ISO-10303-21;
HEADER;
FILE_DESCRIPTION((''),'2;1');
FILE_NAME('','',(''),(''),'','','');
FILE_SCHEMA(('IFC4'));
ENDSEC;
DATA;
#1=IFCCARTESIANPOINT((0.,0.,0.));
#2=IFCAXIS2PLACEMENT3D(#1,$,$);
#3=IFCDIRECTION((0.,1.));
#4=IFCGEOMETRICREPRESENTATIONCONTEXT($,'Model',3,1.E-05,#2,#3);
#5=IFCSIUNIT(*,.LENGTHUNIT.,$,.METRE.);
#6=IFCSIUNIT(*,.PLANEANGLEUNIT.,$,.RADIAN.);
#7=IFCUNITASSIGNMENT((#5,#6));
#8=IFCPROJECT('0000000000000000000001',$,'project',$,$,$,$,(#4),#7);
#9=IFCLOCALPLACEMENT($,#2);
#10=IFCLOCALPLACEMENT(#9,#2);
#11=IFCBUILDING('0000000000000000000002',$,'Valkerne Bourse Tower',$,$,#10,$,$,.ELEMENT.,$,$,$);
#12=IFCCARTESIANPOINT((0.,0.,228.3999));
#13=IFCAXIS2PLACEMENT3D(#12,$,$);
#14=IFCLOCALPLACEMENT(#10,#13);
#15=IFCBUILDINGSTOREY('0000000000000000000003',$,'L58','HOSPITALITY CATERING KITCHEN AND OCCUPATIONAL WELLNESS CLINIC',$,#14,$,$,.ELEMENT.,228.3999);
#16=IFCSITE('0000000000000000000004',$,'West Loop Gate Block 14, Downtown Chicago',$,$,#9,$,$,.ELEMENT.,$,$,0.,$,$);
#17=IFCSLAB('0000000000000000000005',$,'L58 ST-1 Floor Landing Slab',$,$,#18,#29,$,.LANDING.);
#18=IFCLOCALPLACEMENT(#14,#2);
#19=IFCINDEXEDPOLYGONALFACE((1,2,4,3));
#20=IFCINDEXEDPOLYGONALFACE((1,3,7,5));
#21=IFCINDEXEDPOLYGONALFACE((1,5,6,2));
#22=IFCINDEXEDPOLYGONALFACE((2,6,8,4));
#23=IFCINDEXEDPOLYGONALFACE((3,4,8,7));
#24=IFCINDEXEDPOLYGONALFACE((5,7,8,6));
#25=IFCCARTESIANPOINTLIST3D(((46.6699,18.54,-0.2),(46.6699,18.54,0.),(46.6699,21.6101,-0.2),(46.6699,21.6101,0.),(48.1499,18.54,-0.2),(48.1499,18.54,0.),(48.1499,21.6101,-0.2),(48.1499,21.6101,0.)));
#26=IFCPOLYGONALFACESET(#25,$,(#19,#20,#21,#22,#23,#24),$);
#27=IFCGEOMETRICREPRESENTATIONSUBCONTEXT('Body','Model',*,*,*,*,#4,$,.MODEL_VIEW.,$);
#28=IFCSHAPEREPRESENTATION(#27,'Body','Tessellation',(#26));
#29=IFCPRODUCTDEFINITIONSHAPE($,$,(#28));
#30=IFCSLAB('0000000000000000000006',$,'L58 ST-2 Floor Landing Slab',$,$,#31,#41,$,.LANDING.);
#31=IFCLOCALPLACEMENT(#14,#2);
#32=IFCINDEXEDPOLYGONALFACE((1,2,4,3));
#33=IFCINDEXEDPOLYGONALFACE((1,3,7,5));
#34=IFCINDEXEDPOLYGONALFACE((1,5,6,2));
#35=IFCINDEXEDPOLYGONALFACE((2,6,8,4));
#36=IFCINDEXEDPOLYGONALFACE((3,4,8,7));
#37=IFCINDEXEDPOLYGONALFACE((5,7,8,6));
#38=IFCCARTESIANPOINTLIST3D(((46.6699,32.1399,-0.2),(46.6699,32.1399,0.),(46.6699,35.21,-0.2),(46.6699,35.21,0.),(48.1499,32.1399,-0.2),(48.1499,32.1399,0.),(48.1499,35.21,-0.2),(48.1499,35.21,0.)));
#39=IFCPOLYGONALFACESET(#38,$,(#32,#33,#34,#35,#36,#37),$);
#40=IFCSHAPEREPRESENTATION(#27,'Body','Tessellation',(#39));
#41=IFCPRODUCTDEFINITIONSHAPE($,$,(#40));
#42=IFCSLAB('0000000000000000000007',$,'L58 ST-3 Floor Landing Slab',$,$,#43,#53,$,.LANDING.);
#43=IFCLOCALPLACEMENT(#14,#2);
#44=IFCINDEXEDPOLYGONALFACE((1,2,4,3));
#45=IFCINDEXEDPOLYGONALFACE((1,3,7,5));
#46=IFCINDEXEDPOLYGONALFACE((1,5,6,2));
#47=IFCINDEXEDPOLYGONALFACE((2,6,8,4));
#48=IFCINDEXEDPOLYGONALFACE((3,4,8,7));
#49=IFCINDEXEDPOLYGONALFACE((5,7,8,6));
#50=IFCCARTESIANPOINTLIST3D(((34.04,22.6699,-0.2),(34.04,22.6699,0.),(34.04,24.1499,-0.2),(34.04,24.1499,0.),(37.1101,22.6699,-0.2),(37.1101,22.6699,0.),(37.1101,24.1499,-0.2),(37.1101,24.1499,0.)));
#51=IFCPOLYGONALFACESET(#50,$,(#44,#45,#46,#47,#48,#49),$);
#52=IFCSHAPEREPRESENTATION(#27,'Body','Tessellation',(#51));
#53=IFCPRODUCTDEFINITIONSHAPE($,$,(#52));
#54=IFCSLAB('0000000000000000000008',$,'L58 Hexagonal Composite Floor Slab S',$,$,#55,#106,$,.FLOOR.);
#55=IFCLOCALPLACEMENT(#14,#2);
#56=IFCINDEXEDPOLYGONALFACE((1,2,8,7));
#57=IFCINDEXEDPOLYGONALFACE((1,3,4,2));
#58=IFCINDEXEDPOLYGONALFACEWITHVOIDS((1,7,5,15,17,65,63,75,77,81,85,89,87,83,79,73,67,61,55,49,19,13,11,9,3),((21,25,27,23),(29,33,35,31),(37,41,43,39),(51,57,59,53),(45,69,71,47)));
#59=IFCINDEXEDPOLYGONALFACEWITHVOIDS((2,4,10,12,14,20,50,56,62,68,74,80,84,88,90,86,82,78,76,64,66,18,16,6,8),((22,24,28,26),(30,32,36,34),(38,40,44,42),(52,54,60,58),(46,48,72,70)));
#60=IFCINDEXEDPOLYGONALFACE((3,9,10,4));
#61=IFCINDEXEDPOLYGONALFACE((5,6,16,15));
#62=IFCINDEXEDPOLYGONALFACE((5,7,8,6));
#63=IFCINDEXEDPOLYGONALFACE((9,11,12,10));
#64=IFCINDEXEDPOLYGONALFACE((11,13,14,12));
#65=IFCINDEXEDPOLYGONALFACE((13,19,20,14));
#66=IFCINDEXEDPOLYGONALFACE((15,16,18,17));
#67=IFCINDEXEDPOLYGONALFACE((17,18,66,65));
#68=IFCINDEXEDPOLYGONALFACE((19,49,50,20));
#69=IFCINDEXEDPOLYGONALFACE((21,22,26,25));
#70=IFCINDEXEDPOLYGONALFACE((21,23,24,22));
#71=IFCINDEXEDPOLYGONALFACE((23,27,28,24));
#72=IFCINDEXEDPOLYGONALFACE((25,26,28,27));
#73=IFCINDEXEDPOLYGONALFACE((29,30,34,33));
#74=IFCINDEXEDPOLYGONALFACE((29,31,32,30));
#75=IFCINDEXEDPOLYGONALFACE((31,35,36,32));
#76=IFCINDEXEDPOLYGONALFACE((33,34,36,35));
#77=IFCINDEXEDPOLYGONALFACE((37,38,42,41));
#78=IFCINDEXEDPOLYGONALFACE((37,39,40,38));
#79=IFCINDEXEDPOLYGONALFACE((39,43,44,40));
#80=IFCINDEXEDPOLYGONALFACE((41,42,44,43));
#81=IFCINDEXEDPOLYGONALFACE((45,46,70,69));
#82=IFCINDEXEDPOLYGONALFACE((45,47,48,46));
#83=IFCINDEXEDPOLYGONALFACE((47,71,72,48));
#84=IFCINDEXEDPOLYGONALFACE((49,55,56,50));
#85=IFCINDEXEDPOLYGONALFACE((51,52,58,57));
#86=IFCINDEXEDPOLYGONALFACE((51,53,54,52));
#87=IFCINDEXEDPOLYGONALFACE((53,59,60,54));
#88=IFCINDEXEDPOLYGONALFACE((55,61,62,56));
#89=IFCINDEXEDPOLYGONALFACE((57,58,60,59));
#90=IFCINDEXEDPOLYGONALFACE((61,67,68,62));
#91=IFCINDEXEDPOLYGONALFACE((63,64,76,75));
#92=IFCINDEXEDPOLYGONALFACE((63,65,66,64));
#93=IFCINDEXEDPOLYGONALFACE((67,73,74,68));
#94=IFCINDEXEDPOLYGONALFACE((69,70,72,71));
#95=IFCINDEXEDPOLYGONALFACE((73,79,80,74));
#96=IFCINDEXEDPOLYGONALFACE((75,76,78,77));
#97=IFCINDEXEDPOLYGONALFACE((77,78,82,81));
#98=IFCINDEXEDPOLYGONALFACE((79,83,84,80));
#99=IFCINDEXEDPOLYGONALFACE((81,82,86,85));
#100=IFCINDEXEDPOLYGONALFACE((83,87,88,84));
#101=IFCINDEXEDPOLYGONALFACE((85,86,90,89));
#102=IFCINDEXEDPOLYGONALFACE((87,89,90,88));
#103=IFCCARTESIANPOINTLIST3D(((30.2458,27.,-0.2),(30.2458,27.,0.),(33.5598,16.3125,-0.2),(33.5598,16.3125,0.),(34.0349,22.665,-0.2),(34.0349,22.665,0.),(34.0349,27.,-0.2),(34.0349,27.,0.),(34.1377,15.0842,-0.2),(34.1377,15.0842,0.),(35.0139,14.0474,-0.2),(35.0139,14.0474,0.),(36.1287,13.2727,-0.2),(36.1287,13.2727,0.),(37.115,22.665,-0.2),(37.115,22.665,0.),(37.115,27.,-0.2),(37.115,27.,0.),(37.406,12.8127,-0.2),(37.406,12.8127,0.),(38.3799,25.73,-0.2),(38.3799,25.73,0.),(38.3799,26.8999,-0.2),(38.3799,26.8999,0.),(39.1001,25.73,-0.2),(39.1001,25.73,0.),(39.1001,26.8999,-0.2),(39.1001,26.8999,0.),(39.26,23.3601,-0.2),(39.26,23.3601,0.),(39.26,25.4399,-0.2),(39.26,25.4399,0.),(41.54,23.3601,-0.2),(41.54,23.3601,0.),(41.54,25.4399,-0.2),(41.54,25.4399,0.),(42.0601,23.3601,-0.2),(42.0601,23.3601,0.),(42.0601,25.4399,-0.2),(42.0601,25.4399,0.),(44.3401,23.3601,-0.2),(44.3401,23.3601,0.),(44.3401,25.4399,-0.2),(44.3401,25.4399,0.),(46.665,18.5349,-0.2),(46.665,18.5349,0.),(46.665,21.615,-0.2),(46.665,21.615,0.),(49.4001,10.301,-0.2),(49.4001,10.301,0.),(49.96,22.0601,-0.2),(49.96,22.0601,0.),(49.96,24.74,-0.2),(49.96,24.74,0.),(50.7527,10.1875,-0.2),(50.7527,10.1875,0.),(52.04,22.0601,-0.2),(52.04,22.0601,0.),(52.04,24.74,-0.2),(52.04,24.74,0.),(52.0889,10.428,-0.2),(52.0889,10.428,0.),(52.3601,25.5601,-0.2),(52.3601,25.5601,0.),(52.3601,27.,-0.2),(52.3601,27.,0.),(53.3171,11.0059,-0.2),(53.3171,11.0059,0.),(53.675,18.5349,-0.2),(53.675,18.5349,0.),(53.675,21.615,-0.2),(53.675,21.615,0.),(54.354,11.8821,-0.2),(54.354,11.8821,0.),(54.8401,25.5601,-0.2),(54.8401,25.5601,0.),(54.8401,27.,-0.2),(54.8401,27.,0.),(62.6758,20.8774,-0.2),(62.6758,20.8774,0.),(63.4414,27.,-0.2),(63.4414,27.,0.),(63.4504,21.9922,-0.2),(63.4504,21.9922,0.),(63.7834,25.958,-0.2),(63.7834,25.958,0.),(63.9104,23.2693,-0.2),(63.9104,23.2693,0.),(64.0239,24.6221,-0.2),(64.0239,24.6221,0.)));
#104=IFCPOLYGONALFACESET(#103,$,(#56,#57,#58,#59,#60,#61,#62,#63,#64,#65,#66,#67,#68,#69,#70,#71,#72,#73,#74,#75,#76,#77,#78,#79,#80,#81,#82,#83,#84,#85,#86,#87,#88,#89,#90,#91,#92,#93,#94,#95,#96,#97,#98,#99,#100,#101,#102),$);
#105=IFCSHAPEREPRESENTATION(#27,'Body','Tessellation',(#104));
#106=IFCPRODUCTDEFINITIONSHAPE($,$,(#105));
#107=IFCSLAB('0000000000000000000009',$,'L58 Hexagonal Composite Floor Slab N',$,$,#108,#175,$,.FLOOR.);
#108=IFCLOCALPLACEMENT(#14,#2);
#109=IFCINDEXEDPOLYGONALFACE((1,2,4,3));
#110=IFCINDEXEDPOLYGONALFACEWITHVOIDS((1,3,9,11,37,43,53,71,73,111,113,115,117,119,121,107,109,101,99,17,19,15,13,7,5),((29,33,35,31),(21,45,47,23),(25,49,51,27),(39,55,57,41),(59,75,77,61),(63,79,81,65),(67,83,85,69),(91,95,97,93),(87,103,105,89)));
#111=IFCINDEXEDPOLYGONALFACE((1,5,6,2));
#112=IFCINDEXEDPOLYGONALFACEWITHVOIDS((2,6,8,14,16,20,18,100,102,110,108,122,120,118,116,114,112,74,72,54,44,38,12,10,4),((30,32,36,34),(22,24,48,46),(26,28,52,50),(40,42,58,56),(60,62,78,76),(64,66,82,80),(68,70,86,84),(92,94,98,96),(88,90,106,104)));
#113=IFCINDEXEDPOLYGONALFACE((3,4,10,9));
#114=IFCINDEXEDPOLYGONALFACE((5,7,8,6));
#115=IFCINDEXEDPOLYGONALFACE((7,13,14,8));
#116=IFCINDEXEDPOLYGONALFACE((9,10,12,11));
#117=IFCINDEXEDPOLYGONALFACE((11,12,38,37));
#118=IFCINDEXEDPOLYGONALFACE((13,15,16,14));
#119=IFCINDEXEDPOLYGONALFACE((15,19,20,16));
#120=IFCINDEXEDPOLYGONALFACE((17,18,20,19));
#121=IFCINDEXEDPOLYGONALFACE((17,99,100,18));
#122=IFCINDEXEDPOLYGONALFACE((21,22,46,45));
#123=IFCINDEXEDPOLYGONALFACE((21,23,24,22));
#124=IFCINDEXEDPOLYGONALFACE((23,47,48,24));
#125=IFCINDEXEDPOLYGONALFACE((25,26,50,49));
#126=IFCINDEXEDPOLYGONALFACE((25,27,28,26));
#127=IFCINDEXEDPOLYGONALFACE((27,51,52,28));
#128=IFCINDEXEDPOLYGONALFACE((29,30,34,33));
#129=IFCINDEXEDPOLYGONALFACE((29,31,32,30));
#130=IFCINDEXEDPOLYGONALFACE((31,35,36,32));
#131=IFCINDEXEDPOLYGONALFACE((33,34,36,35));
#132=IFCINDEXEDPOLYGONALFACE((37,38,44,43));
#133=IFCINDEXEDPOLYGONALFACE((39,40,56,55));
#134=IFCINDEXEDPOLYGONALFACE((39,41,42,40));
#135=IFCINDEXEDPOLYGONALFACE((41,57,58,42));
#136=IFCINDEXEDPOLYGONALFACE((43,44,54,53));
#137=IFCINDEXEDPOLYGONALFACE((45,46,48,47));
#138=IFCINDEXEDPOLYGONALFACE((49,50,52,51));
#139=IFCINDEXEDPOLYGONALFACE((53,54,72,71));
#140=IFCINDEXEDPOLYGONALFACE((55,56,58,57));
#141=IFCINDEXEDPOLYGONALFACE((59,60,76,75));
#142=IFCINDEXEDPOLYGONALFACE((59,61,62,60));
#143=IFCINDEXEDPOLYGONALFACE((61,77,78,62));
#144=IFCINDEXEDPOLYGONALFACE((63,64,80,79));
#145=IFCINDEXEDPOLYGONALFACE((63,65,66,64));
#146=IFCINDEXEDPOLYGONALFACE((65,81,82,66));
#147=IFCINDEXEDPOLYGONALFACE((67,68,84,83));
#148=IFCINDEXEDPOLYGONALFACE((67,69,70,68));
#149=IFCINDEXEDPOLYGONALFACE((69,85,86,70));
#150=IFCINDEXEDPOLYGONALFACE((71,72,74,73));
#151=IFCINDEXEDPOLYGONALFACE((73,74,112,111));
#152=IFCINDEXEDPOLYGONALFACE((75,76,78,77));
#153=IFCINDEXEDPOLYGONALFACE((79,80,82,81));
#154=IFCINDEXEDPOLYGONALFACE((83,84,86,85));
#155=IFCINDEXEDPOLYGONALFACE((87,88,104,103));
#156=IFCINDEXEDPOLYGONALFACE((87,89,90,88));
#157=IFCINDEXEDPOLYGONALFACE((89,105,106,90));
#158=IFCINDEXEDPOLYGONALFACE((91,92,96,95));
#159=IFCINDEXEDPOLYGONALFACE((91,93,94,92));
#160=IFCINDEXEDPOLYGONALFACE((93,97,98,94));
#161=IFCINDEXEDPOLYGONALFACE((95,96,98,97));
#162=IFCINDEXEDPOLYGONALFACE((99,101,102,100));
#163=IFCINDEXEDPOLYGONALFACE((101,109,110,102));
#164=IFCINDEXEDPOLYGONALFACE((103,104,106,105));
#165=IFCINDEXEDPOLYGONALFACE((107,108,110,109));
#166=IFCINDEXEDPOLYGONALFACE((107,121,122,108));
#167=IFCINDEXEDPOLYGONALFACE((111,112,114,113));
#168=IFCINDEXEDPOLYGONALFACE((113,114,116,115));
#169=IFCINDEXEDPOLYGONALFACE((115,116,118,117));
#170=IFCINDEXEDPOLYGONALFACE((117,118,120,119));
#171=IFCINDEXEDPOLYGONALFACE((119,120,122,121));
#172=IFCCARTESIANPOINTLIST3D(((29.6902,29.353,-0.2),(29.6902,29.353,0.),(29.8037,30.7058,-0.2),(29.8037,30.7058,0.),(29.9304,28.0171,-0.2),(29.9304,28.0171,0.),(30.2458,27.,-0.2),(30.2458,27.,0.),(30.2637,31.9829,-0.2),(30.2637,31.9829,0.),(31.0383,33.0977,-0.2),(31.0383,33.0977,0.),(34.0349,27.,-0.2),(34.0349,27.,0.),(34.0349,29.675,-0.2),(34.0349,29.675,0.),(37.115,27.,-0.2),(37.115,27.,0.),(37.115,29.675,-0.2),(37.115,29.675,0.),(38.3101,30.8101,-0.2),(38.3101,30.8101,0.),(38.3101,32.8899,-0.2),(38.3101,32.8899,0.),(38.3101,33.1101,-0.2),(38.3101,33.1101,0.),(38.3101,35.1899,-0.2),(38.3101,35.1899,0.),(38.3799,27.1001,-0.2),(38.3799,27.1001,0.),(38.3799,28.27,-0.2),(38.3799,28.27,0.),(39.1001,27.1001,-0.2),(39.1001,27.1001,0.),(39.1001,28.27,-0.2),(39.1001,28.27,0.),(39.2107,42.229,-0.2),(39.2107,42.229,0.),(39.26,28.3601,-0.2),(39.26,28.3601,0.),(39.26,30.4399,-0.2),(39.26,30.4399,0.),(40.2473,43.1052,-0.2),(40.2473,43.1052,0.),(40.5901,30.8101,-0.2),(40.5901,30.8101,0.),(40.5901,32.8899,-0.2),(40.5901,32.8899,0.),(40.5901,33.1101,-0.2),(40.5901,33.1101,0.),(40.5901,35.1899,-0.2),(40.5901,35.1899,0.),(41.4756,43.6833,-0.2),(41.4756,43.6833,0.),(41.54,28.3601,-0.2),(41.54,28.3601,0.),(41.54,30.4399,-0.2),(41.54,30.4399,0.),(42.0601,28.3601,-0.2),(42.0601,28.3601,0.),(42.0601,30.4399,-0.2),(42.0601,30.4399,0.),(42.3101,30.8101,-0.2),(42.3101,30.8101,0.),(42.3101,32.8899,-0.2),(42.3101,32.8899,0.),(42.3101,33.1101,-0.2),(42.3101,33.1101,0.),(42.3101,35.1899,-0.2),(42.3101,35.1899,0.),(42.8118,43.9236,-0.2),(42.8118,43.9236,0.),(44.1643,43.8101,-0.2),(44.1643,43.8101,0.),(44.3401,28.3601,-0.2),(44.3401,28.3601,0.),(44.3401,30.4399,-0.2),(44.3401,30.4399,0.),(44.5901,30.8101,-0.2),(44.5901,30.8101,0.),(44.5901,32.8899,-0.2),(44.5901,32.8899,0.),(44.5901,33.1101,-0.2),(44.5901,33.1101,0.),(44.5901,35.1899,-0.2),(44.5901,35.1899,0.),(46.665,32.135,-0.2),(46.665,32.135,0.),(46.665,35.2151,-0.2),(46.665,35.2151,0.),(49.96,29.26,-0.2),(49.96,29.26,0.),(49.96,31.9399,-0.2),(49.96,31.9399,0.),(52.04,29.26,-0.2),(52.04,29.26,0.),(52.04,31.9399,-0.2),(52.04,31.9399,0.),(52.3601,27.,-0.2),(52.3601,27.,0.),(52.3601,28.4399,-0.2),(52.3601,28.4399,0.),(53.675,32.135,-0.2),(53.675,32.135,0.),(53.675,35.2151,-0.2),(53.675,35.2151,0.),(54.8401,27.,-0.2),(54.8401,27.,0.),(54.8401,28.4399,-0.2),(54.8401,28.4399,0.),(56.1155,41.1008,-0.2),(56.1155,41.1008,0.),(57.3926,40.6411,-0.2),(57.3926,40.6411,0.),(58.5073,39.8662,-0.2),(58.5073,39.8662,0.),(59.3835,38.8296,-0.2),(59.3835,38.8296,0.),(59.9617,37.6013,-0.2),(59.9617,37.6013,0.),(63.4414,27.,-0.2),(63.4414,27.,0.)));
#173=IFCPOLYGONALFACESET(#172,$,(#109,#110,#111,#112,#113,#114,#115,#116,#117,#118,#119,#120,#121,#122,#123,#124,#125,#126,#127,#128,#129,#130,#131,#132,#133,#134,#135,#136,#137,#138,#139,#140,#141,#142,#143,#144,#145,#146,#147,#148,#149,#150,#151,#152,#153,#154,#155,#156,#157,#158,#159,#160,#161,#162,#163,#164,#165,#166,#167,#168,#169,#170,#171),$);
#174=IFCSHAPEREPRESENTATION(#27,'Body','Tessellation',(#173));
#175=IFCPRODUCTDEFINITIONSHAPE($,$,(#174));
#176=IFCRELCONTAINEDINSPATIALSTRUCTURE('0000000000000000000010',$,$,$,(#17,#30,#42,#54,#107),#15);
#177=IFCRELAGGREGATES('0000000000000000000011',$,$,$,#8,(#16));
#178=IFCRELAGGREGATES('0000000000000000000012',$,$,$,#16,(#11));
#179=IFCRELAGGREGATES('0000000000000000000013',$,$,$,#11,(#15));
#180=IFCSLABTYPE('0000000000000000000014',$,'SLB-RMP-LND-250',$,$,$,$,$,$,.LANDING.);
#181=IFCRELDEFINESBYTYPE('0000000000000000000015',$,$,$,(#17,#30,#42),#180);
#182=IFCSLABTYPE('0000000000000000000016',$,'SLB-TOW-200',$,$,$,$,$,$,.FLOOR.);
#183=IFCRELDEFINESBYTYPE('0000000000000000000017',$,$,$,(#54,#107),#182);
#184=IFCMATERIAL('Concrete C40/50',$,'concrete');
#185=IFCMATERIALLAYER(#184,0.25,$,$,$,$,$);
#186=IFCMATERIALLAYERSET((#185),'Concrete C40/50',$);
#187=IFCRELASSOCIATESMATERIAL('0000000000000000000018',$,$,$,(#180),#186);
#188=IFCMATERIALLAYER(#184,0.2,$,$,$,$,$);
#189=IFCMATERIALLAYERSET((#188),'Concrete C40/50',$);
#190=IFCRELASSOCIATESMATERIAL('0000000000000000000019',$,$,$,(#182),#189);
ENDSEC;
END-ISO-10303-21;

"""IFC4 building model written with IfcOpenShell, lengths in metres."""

from ifc_helpers import new_model, si_unit, direction, frame, origin, place, context, subcontext, project, spatial, polyline, outline, extrude, material, layer, layer_set, type_object, element, save


model = new_model("IFC4")

# Units and contexts
model_context = context("Model", 3, precision=1e-05, world=origin(), true_north=direction((0.0, 1.0)))
body_context = subcontext(model_context, "Body", "Model", "MODEL_VIEW")
ifc_project = project(units=[si_unit("LENGTHUNIT", "METRE"), si_unit("PLANEANGLEUNIT", "RADIAN")], contexts=[model_context])

# Site, building, storey
site_placement = place(None, origin())
site = spatial("IfcSite", under=ifc_project, at=site_placement, Name="West Loop Gate Block 14, Downtown Chicago", CompositionType="ELEMENT", RefElevation=0.0)
building_placement = place(site_placement, origin())
building = spatial("IfcBuilding", under=site, at=building_placement, Name="Valkerne Bourse Tower", CompositionType="ELEMENT")
storey_placement = place(building_placement, frame((0.0, 0.0, 228.3999)))
storey = spatial("IfcBuildingStorey", under=building, at=storey_placement, Name="L58", Description="HOSPITALITY CATERING KITCHEN AND OCCUPATIONAL WELLNESS CLINIC", CompositionType="ELEMENT", Elevation=228.3999)

# Slabs
ifc_material_1 = material(Name="Concrete C40/50", Category="concrete")
ifc_layer_1 = layer(ifc_material_1, 0.25)
ifc_layer_set_1 = layer_set([ifc_layer_1], Name="Concrete C40/50")
slab_type_1 = type_object("IfcSlabType", Name="SLB-RMP-LND-250", PredefinedType="LANDING", material=ifc_layer_set_1)
slab_1_placement = place(storey_placement, frame((0.0, 0.0, -0.2)))
element("IfcSlab", 1, at=slab_1_placement, inside=storey, type_object=slab_type_1, Name="L58 ST-1 Floor Landing Slab", PredefinedType="LANDING", context=body_context, shape_type="SweptSolid", body=[
    extrude(outline(polyline([(46.6699, 18.54), (48.1499, 18.54), (48.1499, 21.6101), (46.6699, 21.6101), (46.6699, 18.54)])), origin(), (0.0, 0.0, 1.0), 0.2),
])
slab_2_placement = place(storey_placement, frame((0.0, 0.0, -0.2)))
element("IfcSlab", 2, at=slab_2_placement, inside=storey, type_object=slab_type_1, Name="L58 ST-2 Floor Landing Slab", PredefinedType="LANDING", context=body_context, shape_type="SweptSolid", body=[
    extrude(outline(polyline([(46.6699, 32.1399), (48.1499, 32.1399), (48.1499, 35.21), (46.6699, 35.21), (46.6699, 32.1399)])), origin(), (0.0, 0.0, 1.0), 0.2),
])
slab_3_placement = place(storey_placement, frame((0.0, 0.0, -0.2)))
element("IfcSlab", 3, at=slab_3_placement, inside=storey, type_object=slab_type_1, Name="L58 ST-3 Floor Landing Slab", PredefinedType="LANDING", context=body_context, shape_type="SweptSolid", body=[
    extrude(outline(polyline([(37.1101, 22.6699), (37.1101, 24.1499), (34.04, 24.1499), (34.04, 22.6699), (37.1101, 22.6699)])), origin(), (0.0, 0.0, 1.0), 0.2),
])
ifc_layer_2 = layer(ifc_material_1, 0.2)
ifc_layer_set_2 = layer_set([ifc_layer_2], Name="Concrete C40/50")
slab_type_2 = type_object("IfcSlabType", Name="SLB-TOW-200", PredefinedType="FLOOR", material=ifc_layer_set_2)
slab_4_placement = place(storey_placement, frame((0.0, 0.0, -0.2)))
element("IfcSlab", 4, at=slab_4_placement, inside=storey, type_object=slab_type_2, Name="L58 Hexagonal Composite Floor Slab S", PredefinedType="FLOOR", context=body_context, shape_type="SweptSolid", body=[
    extrude(outline(polyline([(64.0239, 24.6221), (63.9104, 23.2693), (63.4504, 21.9922), (62.6758, 20.8774), (54.354, 11.8821), (53.3171, 11.0059), (52.0889, 10.428), (50.7527, 10.1875), (49.4001, 10.301), (37.406, 12.8127), (36.1287, 13.2727), (35.0139, 14.0474), (34.1377, 15.0842), (33.5598, 16.3125), (30.2458, 27.0), (34.0349, 27.0), (34.0349, 22.665), (37.115, 22.665), (37.115, 27.0), (52.3601, 27.0), (52.3601, 25.5601), (54.8401, 25.5601), (54.8401, 27.0), (63.4414, 27.0), (63.7834, 25.958), (64.0239, 24.6221)]), holes=[polyline([(41.54, 25.4399), (39.26, 25.4399), (39.26, 23.3601), (41.54, 23.3601), (41.54, 25.4399)]), polyline([(44.3401, 25.4399), (42.0601, 25.4399), (42.0601, 23.3601), (44.3401, 23.3601), (44.3401, 25.4399)]), polyline([(39.1001, 26.8999), (38.3799, 26.8999), (38.3799, 25.73), (39.1001, 25.73), (39.1001, 26.8999)]), polyline([(53.675, 21.615), (46.665, 21.615), (46.665, 18.5349), (53.675, 18.5349), (53.675, 21.615)]), polyline([(52.04, 24.74), (49.96, 24.74), (49.96, 22.0601), (52.04, 22.0601), (52.04, 24.74)])]), origin(), (0.0, 0.0, 1.0), 0.2),
])
slab_5_placement = place(storey_placement, frame((0.0, 0.0, -0.2)))
element("IfcSlab", 5, at=slab_5_placement, inside=storey, type_object=slab_type_2, Name="L58 Hexagonal Composite Floor Slab N", PredefinedType="FLOOR", context=body_context, shape_type="SweptSolid", body=[
    extrude(outline(polyline([(29.9304, 28.0171), (29.6902, 29.353), (29.8037, 30.7058), (30.2637, 31.9829), (31.0383, 33.0977), (39.2107, 42.229), (40.2473, 43.1052), (41.4756, 43.6833), (42.8118, 43.9236), (44.1643, 43.8101), (56.1155, 41.1008), (57.3926, 40.6411), (58.5073, 39.8662), (59.3835, 38.8296), (59.9617, 37.6013), (63.4414, 27.0), (54.8401, 27.0), (54.8401, 28.4399), (52.3601, 28.4399), (52.3601, 27.0), (37.115, 27.0), (37.115, 29.675), (34.0349, 29.675), (34.0349, 27.0), (30.2458, 27.0), (29.9304, 28.0171)]), holes=[polyline([(39.1001, 28.27), (38.3799, 28.27), (38.3799, 27.1001), (39.1001, 27.1001), (39.1001, 28.27)]), polyline([(41.54, 30.4399), (39.26, 30.4399), (39.26, 28.3601), (41.54, 28.3601), (41.54, 30.4399)]), polyline([(40.5901, 32.8899), (38.3101, 32.8899), (38.3101, 30.8101), (40.5901, 30.8101), (40.5901, 32.8899)]), polyline([(40.5901, 35.1899), (38.3101, 35.1899), (38.3101, 33.1101), (40.5901, 33.1101), (40.5901, 35.1899)]), polyline([(44.3401, 30.4399), (42.0601, 30.4399), (42.0601, 28.3601), (44.3401, 28.3601), (44.3401, 30.4399)]), polyline([(52.04, 31.9399), (49.96, 31.9399), (49.96, 29.26), (52.04, 29.26), (52.04, 31.9399)]), polyline([(44.5901, 32.8899), (42.3101, 32.8899), (42.3101, 30.8101), (44.5901, 30.8101), (44.5901, 32.8899)]), polyline([(53.675, 35.2151), (46.665, 35.2151), (46.665, 32.135), (53.675, 32.135), (53.675, 35.2151)]), polyline([(44.5901, 35.1899), (42.3101, 35.1899), (42.3101, 33.1101), (44.5901, 33.1101), (44.5901, 35.1899)])]), origin(), (0.0, 0.0, 1.0), 0.2),
])

save(model, "model.ifc")
